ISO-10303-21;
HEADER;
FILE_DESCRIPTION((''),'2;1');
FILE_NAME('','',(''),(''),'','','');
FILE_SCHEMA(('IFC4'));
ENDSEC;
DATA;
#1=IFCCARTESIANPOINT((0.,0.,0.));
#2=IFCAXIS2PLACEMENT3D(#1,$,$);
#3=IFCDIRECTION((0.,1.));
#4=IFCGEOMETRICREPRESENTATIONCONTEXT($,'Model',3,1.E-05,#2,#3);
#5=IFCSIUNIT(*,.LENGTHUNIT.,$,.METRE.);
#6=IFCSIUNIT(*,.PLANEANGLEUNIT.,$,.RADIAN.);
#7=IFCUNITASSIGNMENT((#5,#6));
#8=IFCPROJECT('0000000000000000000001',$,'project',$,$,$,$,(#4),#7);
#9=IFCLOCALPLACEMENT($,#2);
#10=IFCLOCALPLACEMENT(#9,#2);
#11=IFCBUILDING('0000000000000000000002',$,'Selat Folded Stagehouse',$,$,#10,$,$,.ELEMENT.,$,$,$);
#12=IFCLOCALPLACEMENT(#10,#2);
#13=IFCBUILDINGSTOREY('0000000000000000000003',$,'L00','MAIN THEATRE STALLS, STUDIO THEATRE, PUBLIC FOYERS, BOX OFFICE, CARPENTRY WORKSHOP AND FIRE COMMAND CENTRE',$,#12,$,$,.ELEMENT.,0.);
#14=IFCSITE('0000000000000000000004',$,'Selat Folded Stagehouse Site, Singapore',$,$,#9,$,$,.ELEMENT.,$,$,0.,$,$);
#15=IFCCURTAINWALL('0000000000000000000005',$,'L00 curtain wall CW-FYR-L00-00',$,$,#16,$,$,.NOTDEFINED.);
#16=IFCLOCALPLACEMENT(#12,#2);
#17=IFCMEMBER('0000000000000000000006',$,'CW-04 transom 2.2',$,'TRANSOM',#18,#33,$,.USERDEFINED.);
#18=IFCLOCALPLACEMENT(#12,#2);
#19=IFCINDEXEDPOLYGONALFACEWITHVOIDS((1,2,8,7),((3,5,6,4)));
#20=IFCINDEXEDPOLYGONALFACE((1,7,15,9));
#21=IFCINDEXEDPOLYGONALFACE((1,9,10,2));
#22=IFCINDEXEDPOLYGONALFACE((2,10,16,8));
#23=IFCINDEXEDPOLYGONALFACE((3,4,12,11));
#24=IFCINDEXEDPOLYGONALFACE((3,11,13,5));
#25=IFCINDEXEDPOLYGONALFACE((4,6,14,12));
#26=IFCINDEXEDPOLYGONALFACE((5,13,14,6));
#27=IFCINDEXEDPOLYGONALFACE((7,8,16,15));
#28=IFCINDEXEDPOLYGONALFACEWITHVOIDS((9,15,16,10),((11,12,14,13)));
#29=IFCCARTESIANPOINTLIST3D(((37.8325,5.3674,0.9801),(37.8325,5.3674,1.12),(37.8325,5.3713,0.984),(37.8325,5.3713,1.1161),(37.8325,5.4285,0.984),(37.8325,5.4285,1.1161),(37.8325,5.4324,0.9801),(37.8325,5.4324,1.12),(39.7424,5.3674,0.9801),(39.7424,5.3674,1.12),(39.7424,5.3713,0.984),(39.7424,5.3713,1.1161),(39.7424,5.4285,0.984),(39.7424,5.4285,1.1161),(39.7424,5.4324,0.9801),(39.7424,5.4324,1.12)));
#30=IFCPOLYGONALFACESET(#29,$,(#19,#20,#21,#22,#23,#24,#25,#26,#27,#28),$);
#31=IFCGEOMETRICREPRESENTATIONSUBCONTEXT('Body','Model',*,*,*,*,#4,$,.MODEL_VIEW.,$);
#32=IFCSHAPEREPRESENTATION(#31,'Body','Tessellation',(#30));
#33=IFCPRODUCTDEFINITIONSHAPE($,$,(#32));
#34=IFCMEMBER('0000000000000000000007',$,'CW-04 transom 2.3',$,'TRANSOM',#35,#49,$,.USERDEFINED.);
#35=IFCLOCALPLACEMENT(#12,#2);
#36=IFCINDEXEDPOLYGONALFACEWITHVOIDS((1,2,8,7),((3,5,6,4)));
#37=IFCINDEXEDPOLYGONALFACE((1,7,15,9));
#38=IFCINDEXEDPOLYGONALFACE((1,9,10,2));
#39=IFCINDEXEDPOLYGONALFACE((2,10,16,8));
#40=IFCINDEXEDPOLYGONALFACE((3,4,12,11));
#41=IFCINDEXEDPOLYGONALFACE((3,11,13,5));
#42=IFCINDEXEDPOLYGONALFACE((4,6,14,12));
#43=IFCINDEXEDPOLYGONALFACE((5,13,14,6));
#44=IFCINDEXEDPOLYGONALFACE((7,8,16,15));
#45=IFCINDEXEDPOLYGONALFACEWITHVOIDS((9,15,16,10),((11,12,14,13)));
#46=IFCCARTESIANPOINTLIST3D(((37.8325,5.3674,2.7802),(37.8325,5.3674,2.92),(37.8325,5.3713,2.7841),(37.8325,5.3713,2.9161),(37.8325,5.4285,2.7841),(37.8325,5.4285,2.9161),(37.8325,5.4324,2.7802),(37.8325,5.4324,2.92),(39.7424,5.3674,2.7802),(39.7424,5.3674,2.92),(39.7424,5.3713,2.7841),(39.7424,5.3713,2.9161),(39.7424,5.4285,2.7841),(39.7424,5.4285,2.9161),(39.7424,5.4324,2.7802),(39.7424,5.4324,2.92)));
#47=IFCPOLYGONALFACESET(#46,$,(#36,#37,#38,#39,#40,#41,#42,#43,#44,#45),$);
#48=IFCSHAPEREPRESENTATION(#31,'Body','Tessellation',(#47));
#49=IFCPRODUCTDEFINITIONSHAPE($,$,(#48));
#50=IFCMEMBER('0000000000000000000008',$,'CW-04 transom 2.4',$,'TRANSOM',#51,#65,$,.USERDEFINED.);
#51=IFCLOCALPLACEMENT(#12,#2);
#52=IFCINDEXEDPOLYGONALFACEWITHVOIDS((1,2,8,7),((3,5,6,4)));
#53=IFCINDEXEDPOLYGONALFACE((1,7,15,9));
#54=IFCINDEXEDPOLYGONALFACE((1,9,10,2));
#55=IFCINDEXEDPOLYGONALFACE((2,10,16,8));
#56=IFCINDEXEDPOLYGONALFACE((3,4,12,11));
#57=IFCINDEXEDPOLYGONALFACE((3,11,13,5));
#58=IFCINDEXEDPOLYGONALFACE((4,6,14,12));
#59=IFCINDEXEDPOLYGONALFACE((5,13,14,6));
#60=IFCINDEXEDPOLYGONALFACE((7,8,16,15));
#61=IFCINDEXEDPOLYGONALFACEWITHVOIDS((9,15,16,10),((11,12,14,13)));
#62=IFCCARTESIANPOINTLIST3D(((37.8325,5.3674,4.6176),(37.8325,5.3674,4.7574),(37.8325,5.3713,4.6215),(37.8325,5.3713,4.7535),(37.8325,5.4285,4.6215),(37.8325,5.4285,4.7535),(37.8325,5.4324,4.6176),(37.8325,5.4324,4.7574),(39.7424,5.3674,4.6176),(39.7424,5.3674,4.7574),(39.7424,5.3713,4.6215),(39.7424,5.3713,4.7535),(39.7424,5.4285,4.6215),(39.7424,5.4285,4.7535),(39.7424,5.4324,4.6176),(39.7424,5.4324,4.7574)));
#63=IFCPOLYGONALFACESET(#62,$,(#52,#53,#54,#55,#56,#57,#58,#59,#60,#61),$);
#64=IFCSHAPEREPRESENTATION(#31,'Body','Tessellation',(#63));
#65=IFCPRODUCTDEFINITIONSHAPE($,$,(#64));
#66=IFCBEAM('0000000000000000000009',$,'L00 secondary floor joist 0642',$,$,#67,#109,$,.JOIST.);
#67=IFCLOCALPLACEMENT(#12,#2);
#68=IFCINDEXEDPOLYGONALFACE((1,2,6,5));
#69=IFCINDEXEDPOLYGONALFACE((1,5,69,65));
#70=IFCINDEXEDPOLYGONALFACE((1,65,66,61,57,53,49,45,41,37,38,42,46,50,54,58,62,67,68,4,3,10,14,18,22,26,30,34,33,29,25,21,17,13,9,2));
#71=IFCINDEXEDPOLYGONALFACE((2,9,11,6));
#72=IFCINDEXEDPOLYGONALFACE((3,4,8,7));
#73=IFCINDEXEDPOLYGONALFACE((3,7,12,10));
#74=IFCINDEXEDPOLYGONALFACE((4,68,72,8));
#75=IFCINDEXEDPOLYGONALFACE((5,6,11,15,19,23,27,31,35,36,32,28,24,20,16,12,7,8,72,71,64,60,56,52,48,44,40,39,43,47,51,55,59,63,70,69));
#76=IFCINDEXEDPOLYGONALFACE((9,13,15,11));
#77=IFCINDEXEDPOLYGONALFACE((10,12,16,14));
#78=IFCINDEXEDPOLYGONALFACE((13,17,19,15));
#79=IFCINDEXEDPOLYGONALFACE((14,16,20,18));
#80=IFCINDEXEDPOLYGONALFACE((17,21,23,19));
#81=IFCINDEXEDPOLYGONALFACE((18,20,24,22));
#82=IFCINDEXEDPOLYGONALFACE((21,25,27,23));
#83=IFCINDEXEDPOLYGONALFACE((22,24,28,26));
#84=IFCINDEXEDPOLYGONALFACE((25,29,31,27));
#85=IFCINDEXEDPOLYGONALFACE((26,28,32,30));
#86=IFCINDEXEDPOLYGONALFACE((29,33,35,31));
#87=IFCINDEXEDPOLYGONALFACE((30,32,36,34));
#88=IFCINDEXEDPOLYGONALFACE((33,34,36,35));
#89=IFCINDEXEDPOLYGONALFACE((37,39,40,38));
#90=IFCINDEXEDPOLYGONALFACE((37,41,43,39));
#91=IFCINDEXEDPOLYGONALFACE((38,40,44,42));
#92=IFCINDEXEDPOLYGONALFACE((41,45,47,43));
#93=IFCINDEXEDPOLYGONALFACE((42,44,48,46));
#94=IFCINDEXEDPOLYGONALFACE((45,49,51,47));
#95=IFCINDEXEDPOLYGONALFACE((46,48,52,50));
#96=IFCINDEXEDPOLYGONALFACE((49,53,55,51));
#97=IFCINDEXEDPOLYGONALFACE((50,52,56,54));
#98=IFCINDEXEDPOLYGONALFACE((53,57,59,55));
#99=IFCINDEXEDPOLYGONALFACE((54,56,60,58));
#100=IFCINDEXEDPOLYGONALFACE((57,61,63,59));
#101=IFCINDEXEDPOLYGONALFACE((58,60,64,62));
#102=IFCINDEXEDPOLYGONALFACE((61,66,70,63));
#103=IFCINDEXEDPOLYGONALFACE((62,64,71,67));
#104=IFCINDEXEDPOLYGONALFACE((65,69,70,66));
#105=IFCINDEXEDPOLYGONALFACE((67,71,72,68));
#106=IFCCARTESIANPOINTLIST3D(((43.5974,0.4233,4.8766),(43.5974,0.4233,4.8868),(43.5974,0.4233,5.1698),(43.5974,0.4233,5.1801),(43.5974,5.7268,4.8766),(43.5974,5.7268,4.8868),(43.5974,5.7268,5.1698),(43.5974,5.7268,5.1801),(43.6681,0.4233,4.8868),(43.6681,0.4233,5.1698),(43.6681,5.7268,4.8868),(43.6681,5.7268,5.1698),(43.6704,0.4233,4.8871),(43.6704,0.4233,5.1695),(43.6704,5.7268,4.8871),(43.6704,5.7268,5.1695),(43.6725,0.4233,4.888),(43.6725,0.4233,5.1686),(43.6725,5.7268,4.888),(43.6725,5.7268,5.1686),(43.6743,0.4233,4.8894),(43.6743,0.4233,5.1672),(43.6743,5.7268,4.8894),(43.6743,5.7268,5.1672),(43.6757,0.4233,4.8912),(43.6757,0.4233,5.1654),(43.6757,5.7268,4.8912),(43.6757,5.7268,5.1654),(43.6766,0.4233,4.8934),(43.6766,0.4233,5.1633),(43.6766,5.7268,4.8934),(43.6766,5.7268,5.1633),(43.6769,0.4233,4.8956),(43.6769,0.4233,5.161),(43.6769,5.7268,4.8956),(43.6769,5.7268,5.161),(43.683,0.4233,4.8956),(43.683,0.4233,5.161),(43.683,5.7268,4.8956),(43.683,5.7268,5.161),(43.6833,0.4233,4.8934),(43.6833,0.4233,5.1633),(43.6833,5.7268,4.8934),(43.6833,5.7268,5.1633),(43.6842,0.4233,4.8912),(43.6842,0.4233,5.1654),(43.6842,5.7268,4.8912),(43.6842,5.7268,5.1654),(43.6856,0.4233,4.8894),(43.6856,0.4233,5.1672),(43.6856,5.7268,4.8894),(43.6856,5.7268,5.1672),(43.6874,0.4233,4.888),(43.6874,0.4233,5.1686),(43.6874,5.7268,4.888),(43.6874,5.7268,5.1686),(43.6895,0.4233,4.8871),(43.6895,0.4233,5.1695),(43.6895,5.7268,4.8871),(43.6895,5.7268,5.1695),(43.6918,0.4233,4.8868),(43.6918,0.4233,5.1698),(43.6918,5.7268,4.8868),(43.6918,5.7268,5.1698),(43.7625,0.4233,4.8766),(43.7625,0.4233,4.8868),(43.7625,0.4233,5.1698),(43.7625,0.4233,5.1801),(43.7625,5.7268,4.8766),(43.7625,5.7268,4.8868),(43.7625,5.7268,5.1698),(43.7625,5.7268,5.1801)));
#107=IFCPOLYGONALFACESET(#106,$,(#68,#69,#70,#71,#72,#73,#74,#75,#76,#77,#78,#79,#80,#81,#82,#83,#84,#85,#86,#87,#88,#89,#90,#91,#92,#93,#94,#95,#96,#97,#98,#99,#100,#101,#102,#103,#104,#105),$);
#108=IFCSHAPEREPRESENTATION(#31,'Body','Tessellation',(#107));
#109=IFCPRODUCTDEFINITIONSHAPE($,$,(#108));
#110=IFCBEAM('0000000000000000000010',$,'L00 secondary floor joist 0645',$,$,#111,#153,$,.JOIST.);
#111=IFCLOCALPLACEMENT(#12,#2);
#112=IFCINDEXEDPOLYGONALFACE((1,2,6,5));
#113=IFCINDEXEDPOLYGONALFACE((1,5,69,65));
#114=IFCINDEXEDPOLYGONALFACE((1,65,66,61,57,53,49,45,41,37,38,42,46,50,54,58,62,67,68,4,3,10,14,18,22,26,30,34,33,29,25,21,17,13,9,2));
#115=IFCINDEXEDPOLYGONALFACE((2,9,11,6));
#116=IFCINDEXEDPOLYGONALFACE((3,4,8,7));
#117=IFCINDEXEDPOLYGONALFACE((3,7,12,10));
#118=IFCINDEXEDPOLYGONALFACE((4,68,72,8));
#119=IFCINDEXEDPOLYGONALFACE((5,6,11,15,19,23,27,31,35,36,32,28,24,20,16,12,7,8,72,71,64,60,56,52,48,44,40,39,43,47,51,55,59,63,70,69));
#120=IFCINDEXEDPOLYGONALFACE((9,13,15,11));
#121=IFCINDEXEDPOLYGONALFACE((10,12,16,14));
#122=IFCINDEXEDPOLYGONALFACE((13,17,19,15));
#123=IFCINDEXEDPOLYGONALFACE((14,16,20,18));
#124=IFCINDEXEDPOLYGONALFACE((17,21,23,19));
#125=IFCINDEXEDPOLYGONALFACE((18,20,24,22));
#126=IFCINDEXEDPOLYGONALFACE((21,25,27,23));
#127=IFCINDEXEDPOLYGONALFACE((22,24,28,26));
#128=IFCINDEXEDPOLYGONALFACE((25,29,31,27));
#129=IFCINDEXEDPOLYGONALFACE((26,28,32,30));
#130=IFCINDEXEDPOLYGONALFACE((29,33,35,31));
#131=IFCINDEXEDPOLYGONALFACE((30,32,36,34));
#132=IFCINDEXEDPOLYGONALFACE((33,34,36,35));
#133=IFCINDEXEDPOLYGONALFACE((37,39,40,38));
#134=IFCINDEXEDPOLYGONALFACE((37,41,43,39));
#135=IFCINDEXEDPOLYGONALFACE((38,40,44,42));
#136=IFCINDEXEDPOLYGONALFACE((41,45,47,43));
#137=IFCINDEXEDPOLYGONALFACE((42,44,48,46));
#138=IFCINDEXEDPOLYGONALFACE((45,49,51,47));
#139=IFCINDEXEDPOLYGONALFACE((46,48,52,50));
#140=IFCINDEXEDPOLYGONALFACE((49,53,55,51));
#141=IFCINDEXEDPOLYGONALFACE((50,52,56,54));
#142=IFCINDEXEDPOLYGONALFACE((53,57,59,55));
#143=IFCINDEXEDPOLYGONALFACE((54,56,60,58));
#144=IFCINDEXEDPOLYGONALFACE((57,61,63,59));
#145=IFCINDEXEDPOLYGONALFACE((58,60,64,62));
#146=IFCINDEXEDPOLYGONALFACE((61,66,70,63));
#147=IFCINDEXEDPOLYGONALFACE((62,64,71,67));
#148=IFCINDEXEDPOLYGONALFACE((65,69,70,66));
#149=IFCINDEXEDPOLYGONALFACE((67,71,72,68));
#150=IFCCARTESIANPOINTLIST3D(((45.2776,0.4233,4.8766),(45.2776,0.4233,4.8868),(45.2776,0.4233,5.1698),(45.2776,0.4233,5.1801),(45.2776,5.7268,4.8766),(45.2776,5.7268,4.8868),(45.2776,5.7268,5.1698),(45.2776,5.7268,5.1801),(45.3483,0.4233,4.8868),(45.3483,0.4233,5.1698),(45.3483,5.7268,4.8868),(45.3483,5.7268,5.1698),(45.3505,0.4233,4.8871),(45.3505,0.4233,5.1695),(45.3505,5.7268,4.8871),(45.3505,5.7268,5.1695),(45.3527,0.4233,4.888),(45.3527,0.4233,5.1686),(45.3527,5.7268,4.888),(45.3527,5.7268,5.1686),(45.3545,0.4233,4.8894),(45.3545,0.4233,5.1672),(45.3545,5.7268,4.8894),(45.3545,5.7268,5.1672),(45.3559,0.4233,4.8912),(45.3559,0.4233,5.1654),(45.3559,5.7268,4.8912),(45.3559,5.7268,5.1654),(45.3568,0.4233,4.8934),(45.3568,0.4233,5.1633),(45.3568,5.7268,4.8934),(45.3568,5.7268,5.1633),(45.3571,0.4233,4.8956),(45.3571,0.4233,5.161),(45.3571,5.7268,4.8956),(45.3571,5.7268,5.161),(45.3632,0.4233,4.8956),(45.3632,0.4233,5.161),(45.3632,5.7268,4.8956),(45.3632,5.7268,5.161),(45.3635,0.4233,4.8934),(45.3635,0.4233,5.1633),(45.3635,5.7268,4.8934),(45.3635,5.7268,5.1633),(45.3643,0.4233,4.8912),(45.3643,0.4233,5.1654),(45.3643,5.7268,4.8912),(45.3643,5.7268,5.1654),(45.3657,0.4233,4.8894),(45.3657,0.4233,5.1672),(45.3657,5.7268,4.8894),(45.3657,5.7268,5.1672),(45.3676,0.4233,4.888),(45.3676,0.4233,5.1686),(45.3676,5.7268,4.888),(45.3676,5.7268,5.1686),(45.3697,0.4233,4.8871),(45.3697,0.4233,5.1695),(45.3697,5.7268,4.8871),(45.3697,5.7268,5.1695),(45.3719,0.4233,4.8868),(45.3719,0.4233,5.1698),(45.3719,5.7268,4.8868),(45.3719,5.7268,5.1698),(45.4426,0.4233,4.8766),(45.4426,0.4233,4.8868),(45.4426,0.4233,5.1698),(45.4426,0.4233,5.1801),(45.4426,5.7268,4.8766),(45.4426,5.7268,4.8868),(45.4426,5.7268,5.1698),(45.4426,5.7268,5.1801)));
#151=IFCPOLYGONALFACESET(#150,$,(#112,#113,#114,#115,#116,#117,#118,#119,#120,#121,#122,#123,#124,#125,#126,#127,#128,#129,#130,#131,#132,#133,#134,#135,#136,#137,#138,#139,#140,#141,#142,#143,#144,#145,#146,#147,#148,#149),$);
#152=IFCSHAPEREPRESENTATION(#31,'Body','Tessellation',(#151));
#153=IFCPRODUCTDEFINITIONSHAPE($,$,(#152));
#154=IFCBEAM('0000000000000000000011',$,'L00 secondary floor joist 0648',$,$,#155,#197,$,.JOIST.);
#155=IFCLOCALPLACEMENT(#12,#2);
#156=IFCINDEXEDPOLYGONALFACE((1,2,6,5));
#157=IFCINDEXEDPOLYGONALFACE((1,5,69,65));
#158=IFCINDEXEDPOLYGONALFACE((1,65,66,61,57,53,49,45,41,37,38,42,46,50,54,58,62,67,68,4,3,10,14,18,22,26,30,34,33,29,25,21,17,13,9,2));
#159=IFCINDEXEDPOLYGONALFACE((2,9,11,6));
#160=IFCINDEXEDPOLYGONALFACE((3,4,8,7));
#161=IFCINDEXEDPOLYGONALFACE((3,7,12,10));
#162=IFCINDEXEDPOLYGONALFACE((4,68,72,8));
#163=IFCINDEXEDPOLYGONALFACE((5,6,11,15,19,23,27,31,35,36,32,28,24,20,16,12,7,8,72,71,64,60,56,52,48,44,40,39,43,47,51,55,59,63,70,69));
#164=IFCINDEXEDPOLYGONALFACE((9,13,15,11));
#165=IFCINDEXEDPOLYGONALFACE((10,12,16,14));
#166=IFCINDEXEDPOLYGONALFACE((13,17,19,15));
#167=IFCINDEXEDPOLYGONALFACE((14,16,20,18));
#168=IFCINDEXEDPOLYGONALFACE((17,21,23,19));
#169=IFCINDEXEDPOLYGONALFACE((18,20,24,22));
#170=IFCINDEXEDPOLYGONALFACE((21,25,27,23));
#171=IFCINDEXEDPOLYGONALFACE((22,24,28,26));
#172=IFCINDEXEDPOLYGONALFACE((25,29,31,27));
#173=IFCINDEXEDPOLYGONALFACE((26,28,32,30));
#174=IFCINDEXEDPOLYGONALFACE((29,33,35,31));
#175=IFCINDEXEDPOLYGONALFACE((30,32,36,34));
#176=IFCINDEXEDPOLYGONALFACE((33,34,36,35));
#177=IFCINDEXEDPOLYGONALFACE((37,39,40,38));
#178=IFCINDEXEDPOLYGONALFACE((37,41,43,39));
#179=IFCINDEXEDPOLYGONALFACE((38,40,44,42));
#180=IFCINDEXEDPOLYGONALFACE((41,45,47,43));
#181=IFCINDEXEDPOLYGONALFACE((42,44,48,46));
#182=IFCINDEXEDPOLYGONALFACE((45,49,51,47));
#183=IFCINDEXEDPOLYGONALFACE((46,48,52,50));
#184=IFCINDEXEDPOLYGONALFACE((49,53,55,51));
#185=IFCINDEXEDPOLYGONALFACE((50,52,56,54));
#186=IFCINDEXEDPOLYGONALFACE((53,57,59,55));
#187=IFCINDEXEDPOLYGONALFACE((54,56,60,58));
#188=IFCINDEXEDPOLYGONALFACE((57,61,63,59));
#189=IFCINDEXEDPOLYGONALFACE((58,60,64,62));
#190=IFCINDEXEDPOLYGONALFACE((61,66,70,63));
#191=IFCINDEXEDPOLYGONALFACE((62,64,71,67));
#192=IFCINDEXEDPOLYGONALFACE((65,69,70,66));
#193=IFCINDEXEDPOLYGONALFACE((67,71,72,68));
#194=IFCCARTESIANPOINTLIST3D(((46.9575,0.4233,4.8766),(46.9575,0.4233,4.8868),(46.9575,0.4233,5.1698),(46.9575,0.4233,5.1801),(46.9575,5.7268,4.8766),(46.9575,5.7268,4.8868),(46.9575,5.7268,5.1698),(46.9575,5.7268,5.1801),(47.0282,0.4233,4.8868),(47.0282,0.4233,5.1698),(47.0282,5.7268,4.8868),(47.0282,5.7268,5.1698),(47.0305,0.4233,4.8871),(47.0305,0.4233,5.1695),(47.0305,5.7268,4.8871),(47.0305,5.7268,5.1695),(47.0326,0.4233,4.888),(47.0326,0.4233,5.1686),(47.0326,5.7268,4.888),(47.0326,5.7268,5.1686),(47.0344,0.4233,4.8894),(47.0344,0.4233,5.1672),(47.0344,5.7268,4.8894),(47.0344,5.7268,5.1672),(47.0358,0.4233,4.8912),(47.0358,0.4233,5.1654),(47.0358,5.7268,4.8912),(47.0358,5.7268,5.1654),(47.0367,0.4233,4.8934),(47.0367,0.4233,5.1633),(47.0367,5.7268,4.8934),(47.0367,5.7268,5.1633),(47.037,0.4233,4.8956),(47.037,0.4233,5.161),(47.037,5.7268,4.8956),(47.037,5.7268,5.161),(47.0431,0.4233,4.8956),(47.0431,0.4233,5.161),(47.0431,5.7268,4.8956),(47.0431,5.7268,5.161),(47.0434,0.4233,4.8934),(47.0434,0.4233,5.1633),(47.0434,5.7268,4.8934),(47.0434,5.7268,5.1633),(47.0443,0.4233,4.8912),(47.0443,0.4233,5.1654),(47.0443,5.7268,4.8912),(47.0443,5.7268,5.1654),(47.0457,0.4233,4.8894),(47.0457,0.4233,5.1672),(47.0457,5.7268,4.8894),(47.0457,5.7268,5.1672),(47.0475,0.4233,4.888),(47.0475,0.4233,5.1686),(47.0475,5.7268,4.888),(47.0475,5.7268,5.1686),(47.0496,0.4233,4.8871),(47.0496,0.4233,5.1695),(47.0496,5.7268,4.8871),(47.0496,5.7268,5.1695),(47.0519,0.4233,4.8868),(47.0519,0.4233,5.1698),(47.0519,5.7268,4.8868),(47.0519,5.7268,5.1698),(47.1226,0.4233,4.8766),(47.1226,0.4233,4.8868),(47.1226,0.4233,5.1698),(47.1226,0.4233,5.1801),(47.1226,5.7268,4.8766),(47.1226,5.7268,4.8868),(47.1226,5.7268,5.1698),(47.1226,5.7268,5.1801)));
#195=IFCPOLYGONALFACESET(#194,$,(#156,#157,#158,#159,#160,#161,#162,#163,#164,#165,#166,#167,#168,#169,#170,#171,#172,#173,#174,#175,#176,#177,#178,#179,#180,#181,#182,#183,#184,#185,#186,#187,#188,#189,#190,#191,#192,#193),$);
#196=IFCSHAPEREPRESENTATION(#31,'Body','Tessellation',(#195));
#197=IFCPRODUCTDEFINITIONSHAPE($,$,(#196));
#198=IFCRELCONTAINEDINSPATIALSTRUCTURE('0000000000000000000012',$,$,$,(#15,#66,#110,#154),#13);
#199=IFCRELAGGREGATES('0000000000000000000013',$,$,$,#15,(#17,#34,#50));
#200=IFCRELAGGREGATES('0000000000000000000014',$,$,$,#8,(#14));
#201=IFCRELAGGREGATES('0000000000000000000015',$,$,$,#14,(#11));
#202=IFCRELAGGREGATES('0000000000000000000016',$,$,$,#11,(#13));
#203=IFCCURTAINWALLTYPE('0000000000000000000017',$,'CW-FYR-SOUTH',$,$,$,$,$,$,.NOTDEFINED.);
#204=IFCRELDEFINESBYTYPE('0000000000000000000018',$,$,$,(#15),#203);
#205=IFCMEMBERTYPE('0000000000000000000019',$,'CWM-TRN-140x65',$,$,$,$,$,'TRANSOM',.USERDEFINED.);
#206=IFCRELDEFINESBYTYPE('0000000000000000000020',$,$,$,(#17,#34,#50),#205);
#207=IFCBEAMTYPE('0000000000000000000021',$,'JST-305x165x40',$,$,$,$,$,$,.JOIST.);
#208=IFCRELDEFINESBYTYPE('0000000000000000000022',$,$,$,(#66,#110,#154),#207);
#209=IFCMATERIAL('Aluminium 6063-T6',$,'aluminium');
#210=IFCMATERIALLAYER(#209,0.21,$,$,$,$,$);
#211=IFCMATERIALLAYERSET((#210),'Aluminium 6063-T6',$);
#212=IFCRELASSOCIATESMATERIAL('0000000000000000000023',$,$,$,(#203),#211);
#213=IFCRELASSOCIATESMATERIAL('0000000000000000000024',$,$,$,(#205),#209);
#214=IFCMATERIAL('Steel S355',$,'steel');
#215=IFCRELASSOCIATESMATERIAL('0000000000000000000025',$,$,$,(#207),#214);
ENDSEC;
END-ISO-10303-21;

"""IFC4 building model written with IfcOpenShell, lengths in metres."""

from ifc_helpers import new_model, si_unit, direction, frame, origin, origin_2d, place, context, subcontext, project, spatial, hollow_rectangle, i_section, extrude, material, layer, layer_set, material_profile, profile_set, type_object, element, aggregate, save


model = new_model("IFC4")

# Units and contexts
model_context = context("Model", 3, precision=1e-05, world=origin(), true_north=direction((0.0, 1.0)))
body_context = subcontext(model_context, "Body", "Model", "MODEL_VIEW")
ifc_project = project(units=[si_unit("LENGTHUNIT", "METRE"), si_unit("PLANEANGLEUNIT", "RADIAN")], contexts=[model_context])

# Site, building, storey
site_placement = place(None, origin())
site = spatial("IfcSite", under=ifc_project, at=site_placement, Name="Selat Folded Stagehouse Site, Singapore", CompositionType="ELEMENT", RefElevation=0.0)
building_placement = place(site_placement, origin())
building = spatial("IfcBuilding", under=site, at=building_placement, Name="Selat Folded Stagehouse", CompositionType="ELEMENT")
storey_placement = place(building_placement, origin())
storey = spatial("IfcBuildingStorey", under=building, at=storey_placement, Name="L00", Description="MAIN THEATRE STALLS, STUDIO THEATRE, PUBLIC FOYERS, BOX OFFICE, CARPENTRY WORKSHOP AND FIRE COMMAND CENTRE", CompositionType="ELEMENT", Elevation=0.0)

# Shared definitions
ifc_material_1 = material(Name="Steel S355", Category="steel")

# Curtain wall
ifc_material_2 = material(Name="Aluminium 6063-T6", Category="aluminium")
ifc_layer_1 = layer(ifc_material_2, 0.21)
ifc_layer_set_1 = layer_set([ifc_layer_1], Name="Aluminium 6063-T6")
curtain_wall_type = type_object("IfcCurtainWallType", Name="CW-FYR-SOUTH", PredefinedType="NOTDEFINED", material=ifc_layer_set_1)
curtain_wall_1_placement = place(storey_placement, origin())
curtain_wall_1 = element("IfcCurtainWall", 1, at=curtain_wall_1_placement, inside=storey, type_object=curtain_wall_type, Name="L00 curtain wall CW-FYR-L00-00", PredefinedType="NOTDEFINED")

# Members
ifc_material_profile_1 = material_profile(ifc_material_2, hollow_rectangle(XDim=0.0649, YDim=0.1399, WallThickness=0.0039, at=origin_2d()), Name="ALU 140x65x4.0")
ifc_profile_set_1 = profile_set([ifc_material_profile_1], Name="Aluminium 6063-T6")
member_type_1 = type_object("IfcMemberType", Name="CWM-TRN-140x65", ElementType="TRANSOM", PredefinedType="USERDEFINED", material=ifc_profile_set_1)
member_1_placement = place(storey_placement, frame((39.7424, 5.3999, 1.05), z_axis=(-1.0, 0.0, 0.0), x_axis=(0.0, -1.0, 0.0)))
member_1 = element("IfcMember", 2, at=member_1_placement, type_object=member_type_1, Name="CW-04 transom 2.2", ObjectType="TRANSOM", PredefinedType="USERDEFINED", context=body_context, shape_type="SweptSolid", body=[
    extrude(hollow_rectangle(XDim=0.0649, YDim=0.1399, WallThickness=0.0039, at=origin_2d()), origin(), (0.0, 0.0, 1.0), 1.9099),
])
member_2_placement = place(storey_placement, frame((39.7424, 5.3999, 2.8501), z_axis=(-1.0, 0.0, 0.0), x_axis=(0.0, -1.0, 0.0)))
member_2 = element("IfcMember", 3, at=member_2_placement, type_object=member_type_1, Name="CW-04 transom 2.3", ObjectType="TRANSOM", PredefinedType="USERDEFINED", context=body_context, shape_type="SweptSolid", body=[
    extrude(hollow_rectangle(XDim=0.0649, YDim=0.1399, WallThickness=0.0039, at=origin_2d()), origin(), (0.0, 0.0, 1.0), 1.9099),
])
member_3_placement = place(storey_placement, frame((39.7424, 5.3999, 4.6875), z_axis=(-1.0, 0.0, 0.0), x_axis=(0.0, -1.0, 0.0)))
member_3 = element("IfcMember", 4, at=member_3_placement, type_object=member_type_1, Name="CW-04 transom 2.4", ObjectType="TRANSOM", PredefinedType="USERDEFINED", context=body_context, shape_type="SweptSolid", body=[
    extrude(hollow_rectangle(XDim=0.0649, YDim=0.1399, WallThickness=0.0039, at=origin_2d()), origin(), (0.0, 0.0, 1.0), 1.9099),
])

# Beams
ifc_material_profile_2 = material_profile(ifc_material_1, i_section(OverallWidth=0.165, OverallDepth=0.3035, WebThickness=0.0061, FlangeThickness=0.0103, FilletRadius=0.0088, at=origin_2d()), Name="UKB 305x165x40")
ifc_profile_set_2 = profile_set([ifc_material_profile_2], Name="Steel S355")
beam_type_1 = type_object("IfcBeamType", Name="JST-305x165x40", PredefinedType="JOIST", material=ifc_profile_set_2)
for number, where, z_axis, x_axis, name in (
    (5, (43.6799, 0.4233, 5.0283), (0.0, 1.0, 0.0), (-1.0, 0.0, 0.0), "L00 secondary floor joist 0642"),
    (6, (45.3601, 0.4233, 5.0283), (0.0, 1.0, 0.0), (-1.0, 0.0, 0.0), "L00 secondary floor joist 0645"),
    (7, (47.04, 0.4233, 5.0283), (0.0, 1.0, 0.0), (-1.0, 0.0, 0.0), "L00 secondary floor joist 0648"),
):
    element("IfcBeam", number, at=place(storey_placement, frame(where, z_axis=z_axis, x_axis=x_axis)), inside=storey, type_object=beam_type_1, Name=name, PredefinedType="JOIST", context=body_context, shape_type="SweptSolid", body=[
        extrude(i_section(OverallWidth=0.165, OverallDepth=0.3035, WebThickness=0.0061, FlangeThickness=0.0103, FilletRadius=0.0088, at=origin_2d()), origin(), (0.0, 0.0, 1.0), 5.3035),
    ])

aggregate(curtain_wall_1, [member_1, member_2, member_3])

save(model, "model.ifc")
